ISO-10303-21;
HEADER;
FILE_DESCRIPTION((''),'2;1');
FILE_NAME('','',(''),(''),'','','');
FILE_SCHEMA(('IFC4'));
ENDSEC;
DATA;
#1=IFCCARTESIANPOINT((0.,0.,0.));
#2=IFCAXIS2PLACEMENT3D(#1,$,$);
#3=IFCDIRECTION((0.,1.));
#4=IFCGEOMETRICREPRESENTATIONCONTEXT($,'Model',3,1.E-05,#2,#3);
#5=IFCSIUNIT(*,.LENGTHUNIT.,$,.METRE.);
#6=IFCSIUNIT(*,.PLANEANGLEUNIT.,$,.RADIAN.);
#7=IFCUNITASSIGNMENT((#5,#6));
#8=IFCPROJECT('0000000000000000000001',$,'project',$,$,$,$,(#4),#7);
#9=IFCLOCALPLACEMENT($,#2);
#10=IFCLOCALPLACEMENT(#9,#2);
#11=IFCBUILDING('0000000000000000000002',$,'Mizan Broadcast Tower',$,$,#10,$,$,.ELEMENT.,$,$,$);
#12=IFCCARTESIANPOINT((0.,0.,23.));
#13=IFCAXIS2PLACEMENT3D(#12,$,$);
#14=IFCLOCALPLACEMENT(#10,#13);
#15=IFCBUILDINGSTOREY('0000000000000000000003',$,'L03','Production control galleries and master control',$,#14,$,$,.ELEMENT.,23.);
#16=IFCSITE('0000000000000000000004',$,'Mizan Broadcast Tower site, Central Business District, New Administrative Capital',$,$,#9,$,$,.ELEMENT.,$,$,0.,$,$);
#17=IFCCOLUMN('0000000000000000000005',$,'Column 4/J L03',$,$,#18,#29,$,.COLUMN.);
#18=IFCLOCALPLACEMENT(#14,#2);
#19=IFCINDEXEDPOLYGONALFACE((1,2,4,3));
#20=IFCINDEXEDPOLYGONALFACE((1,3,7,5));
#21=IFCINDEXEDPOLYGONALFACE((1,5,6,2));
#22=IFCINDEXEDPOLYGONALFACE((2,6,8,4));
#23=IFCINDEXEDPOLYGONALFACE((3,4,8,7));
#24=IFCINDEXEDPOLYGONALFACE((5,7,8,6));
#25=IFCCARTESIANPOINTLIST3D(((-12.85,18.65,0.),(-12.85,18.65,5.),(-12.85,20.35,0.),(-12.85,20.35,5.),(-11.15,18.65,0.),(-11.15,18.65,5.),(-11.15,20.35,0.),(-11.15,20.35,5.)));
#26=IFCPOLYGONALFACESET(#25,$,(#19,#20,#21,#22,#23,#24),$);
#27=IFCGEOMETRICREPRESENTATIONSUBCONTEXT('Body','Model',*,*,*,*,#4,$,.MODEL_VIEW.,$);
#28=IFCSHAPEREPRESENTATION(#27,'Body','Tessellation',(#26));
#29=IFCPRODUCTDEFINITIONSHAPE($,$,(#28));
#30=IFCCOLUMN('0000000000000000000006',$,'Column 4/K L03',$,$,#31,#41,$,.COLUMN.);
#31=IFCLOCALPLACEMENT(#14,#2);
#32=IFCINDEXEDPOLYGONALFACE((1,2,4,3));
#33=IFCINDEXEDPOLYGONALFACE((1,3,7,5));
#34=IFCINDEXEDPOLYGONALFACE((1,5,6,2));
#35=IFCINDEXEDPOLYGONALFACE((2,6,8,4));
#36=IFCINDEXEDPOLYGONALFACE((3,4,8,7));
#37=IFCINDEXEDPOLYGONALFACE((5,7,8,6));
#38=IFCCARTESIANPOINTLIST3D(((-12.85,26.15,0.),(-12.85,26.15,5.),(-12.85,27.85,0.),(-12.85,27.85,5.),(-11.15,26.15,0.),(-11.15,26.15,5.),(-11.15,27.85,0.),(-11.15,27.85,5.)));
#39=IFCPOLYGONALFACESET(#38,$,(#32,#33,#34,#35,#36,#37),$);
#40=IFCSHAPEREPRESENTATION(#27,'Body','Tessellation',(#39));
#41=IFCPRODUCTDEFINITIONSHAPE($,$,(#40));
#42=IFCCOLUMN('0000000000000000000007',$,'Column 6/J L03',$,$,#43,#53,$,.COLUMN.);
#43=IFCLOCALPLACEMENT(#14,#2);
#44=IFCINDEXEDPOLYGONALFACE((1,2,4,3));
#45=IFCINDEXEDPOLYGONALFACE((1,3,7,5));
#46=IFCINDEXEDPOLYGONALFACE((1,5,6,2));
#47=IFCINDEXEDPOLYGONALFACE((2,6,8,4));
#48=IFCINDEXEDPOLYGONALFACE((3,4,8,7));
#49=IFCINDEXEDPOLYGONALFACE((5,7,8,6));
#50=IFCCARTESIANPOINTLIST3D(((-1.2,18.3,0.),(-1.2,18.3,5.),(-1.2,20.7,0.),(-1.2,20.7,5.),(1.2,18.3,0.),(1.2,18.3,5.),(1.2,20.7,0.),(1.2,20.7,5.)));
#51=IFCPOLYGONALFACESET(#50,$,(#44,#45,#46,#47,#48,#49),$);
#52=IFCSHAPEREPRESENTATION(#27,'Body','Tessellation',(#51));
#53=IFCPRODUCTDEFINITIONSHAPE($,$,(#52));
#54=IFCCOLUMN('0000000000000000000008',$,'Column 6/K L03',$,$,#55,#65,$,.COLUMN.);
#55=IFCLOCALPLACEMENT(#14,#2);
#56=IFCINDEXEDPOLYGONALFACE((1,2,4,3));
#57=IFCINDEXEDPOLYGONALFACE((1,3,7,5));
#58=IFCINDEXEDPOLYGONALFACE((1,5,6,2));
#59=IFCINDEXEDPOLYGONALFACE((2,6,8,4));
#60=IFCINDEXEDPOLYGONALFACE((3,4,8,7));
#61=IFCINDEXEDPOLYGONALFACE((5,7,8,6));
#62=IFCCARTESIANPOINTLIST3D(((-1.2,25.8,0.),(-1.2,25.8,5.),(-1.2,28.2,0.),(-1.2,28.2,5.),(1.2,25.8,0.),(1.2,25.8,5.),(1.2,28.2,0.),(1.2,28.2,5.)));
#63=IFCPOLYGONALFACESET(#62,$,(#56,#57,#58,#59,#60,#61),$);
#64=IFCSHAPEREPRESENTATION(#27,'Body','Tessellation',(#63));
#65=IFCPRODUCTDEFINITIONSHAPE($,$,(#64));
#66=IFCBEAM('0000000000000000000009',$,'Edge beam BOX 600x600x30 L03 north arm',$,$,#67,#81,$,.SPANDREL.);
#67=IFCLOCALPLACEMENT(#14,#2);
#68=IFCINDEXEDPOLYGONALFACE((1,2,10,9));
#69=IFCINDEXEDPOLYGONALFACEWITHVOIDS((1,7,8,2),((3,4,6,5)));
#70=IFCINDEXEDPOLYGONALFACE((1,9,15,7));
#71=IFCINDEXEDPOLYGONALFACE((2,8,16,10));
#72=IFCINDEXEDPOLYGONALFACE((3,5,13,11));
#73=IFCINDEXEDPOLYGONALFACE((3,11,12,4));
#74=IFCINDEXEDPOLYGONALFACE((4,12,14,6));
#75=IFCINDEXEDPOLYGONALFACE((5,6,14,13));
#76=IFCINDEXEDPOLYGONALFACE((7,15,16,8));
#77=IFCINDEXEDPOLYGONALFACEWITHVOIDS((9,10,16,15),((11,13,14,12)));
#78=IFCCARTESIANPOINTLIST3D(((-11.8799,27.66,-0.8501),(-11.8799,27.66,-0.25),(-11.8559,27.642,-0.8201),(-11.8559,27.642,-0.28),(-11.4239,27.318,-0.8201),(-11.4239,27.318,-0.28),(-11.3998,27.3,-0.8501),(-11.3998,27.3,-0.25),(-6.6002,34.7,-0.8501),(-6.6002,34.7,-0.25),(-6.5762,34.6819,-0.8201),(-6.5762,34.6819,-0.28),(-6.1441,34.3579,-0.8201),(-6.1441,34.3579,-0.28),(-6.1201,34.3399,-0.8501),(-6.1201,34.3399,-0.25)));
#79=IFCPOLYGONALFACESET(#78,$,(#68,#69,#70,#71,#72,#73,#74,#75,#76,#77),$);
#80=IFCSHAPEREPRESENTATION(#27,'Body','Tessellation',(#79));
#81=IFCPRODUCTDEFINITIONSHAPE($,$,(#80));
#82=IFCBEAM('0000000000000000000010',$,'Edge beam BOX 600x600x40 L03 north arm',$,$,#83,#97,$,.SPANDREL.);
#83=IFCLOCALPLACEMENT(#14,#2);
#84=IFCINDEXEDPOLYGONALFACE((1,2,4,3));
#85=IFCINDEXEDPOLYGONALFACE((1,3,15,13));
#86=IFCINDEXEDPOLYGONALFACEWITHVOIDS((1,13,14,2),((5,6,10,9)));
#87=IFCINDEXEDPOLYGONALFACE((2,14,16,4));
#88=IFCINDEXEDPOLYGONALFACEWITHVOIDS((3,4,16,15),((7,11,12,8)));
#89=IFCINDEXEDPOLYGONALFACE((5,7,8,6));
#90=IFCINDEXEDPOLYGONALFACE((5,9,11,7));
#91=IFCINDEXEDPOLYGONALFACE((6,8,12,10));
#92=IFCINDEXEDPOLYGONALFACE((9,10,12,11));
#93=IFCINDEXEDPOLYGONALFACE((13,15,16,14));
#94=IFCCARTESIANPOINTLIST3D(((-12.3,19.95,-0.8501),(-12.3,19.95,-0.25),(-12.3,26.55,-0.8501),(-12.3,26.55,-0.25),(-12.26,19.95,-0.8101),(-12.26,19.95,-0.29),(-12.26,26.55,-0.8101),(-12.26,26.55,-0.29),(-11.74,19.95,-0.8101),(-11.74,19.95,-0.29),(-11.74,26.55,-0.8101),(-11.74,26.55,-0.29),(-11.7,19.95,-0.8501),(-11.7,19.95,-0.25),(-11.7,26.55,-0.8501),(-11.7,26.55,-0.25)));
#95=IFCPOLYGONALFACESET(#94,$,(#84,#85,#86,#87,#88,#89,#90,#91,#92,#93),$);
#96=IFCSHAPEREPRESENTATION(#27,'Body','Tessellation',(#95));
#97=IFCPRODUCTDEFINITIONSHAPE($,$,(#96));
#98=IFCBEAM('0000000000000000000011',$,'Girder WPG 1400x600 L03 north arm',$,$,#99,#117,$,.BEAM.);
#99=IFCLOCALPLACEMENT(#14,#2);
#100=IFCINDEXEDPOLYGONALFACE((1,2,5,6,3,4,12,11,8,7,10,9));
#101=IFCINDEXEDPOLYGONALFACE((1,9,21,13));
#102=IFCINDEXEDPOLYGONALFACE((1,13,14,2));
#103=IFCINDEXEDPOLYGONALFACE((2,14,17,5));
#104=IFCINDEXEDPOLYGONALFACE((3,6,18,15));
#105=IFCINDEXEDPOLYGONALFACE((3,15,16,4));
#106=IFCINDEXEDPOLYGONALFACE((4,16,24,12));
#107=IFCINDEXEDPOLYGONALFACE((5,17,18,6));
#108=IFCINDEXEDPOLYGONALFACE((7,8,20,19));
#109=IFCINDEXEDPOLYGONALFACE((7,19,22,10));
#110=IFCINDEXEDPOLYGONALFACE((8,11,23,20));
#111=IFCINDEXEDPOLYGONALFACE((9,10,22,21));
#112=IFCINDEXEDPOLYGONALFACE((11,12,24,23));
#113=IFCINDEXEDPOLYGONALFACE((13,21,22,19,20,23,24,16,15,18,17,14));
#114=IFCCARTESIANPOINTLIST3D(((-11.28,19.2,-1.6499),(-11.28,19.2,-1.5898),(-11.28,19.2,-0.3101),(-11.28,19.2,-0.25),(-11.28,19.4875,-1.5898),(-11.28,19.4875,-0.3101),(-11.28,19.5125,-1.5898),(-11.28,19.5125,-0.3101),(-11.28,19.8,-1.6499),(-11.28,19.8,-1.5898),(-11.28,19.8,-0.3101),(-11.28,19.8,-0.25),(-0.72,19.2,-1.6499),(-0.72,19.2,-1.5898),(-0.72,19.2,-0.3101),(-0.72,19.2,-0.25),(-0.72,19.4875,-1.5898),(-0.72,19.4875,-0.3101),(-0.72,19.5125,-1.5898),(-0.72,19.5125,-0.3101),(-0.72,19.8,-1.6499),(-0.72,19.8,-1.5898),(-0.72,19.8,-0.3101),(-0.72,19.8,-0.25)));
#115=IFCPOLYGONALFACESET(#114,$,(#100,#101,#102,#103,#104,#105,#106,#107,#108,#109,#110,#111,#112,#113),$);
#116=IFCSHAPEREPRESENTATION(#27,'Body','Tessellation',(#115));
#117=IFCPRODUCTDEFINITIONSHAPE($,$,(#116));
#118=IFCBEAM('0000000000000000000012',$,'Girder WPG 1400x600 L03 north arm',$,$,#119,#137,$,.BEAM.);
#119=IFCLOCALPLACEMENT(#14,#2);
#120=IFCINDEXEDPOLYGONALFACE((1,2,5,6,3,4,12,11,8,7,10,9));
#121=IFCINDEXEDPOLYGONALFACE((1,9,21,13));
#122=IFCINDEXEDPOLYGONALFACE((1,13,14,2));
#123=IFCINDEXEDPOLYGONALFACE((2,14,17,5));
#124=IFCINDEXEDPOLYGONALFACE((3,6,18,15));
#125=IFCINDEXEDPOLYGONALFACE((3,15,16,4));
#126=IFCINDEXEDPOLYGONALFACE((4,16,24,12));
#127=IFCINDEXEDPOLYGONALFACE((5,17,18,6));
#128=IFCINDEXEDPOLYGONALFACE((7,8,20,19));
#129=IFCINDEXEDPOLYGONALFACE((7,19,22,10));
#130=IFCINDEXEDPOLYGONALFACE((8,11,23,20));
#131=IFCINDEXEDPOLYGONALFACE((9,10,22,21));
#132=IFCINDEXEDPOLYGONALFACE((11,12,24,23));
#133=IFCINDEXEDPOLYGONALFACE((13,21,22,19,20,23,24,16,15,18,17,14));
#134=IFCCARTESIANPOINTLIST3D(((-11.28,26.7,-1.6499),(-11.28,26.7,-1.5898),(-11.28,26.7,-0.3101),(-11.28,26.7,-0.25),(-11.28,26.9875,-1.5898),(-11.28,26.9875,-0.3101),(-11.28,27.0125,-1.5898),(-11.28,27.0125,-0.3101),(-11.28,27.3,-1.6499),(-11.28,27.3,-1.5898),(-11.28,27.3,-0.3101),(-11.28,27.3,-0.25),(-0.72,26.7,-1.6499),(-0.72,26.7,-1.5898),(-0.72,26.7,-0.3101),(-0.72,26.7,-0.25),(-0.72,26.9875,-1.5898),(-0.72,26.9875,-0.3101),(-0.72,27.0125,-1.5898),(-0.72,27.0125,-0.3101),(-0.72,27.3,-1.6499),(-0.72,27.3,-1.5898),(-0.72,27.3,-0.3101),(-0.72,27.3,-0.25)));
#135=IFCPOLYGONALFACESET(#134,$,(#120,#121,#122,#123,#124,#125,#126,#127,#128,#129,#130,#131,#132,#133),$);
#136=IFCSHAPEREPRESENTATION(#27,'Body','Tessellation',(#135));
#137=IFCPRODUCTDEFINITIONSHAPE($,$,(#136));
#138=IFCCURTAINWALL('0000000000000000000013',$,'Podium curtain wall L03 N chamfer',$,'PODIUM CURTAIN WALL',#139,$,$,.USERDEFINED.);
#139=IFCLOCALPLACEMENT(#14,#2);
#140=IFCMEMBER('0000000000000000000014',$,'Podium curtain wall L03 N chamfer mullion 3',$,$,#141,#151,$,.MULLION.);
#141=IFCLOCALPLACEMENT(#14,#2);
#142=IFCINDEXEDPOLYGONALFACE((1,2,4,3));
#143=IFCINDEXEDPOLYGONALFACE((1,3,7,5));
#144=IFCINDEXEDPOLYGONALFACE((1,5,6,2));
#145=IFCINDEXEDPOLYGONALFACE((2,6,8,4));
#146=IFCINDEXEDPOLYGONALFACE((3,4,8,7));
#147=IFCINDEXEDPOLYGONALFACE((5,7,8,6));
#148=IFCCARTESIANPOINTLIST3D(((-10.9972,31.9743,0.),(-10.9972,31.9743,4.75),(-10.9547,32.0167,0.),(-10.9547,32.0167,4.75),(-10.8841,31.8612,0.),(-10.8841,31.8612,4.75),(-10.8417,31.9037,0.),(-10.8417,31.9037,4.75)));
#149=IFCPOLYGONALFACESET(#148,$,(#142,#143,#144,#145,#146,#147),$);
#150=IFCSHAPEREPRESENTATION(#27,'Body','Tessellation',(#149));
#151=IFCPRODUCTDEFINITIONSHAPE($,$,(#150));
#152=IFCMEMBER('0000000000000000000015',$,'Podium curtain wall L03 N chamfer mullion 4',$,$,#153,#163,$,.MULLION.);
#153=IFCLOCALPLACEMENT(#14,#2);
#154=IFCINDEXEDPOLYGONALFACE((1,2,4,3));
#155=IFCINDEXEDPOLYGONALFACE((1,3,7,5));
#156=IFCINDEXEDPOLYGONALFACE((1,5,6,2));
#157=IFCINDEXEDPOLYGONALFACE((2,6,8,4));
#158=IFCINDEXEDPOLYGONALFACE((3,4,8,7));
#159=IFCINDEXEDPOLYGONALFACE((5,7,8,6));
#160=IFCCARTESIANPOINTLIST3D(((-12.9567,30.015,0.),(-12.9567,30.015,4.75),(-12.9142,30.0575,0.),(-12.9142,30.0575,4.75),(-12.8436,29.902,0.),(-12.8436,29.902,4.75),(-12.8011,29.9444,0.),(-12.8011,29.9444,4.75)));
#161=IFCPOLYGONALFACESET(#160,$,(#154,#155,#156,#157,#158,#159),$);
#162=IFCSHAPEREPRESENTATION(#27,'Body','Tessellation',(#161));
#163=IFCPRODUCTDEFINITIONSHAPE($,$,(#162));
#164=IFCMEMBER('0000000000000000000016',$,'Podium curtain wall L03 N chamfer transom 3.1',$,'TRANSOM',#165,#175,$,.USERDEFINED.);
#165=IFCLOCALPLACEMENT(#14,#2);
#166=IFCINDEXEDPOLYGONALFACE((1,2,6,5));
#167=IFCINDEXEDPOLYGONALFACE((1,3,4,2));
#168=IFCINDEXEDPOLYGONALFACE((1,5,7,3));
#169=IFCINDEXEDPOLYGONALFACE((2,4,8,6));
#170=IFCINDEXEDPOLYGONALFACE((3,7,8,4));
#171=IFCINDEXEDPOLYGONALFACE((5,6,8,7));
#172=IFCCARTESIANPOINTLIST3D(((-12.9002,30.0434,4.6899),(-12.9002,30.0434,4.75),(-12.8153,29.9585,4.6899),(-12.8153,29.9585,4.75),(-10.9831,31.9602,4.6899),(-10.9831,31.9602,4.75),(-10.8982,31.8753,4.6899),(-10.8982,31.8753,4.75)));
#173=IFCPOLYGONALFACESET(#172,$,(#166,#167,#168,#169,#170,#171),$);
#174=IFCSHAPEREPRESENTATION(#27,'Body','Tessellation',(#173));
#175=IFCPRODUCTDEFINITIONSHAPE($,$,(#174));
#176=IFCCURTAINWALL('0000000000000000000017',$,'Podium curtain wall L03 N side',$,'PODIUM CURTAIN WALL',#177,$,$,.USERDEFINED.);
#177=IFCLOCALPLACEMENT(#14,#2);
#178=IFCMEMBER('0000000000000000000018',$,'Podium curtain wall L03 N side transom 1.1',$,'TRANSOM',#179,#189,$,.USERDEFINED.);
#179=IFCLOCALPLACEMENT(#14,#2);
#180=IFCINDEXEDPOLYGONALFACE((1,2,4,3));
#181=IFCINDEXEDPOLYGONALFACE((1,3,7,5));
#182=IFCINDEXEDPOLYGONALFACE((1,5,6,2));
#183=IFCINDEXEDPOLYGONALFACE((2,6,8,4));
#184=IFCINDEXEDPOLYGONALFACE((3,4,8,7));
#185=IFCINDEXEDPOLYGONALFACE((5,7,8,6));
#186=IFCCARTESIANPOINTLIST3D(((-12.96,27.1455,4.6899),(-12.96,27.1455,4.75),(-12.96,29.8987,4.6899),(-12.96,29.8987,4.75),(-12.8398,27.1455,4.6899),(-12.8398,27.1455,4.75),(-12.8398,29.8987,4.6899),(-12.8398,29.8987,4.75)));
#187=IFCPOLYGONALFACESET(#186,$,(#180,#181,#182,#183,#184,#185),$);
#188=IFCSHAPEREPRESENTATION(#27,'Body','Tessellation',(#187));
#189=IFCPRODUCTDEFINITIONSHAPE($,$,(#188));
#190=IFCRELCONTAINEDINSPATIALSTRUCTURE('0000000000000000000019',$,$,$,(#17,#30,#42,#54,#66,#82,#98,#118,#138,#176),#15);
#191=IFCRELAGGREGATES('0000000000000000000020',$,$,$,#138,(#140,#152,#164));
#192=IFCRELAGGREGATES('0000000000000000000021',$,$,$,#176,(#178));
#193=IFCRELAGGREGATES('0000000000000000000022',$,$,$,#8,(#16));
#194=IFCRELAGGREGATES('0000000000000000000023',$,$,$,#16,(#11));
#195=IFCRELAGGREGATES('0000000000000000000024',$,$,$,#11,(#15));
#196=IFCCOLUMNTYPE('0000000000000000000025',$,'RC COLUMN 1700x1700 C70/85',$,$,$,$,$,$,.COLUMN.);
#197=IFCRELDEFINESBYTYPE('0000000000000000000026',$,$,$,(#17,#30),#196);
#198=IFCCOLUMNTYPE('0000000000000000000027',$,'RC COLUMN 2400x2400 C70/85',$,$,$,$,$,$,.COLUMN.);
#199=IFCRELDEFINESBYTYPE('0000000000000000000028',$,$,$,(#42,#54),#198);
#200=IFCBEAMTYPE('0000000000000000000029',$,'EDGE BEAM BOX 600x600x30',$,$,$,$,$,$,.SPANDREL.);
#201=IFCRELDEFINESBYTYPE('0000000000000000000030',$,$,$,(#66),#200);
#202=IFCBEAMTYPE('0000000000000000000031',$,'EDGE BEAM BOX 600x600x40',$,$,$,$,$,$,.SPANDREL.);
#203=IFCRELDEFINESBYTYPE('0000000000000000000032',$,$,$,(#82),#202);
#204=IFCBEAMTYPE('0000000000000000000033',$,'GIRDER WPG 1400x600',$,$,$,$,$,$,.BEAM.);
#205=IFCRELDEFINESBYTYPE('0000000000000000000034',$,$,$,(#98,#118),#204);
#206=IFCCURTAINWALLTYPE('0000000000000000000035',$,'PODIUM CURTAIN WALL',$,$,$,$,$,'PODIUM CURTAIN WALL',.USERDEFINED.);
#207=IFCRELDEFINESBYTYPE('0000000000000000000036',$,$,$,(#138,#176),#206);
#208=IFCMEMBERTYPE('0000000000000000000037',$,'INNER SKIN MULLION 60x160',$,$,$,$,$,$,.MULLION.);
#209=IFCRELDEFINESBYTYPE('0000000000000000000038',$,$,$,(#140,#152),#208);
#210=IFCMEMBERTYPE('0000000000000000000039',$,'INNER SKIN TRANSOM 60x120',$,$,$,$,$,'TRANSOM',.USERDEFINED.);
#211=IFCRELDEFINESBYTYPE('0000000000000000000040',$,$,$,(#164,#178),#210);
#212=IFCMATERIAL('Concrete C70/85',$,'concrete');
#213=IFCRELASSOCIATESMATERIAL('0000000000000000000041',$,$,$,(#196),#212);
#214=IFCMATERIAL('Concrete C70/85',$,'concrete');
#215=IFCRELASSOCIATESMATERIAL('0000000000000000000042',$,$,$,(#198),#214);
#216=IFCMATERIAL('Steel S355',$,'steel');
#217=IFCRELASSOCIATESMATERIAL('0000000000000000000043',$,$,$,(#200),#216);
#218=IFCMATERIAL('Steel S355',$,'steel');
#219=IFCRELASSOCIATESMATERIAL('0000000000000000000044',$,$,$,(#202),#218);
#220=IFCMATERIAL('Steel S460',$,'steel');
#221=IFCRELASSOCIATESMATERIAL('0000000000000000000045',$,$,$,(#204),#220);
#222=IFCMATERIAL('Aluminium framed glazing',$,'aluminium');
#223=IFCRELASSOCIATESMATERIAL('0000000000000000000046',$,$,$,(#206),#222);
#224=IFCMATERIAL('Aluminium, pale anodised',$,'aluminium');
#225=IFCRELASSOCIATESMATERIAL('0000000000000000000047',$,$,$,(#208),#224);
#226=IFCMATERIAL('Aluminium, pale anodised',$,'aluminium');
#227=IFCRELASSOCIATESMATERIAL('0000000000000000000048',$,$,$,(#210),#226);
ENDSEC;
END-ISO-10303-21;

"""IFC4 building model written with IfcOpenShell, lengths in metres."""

from ifc_helpers import new_model, si_unit, direction, frame, origin, origin_2d, place, context, subcontext, project, spatial, rectangle, hollow_rectangle, i_section, extrude, material, material_profile, profile_set, type_object, element, aggregate, save


model = new_model("IFC4")

# Units and contexts
model_context = context("Model", 3, precision=1e-05, world=origin(), true_north=direction((0.0, 1.0)))
body_context = subcontext(model_context, "Body", "Model", "MODEL_VIEW")
ifc_project = project(units=[si_unit("LENGTHUNIT", "METRE"), si_unit("PLANEANGLEUNIT", "RADIAN")], contexts=[model_context])

# Site, building, storey
site_placement = place(None, origin())
site = spatial("IfcSite", under=ifc_project, at=site_placement, Name="Mizan Broadcast Tower site, Central Business District, New Administrative Capital", CompositionType="ELEMENT", RefElevation=0.0)
building_placement = place(site_placement, origin())
building = spatial("IfcBuilding", under=site, at=building_placement, Name="Mizan Broadcast Tower", CompositionType="ELEMENT")
storey_placement = place(building_placement, frame((0.0, 0.0, 23.0)))
storey = spatial("IfcBuildingStorey", under=building, at=storey_placement, Name="L03", Description="Production control galleries and master control", CompositionType="ELEMENT", Elevation=23.0)

# Columns
ifc_material_1 = material(Name="Concrete C70/85", Category="concrete")
ifc_material_profile_1 = material_profile(ifc_material_1, rectangle(XDim=1.7, YDim=1.7, at=origin_2d()), Name="RC 1700x1700")
ifc_profile_set_1 = profile_set([ifc_material_profile_1], Name="Concrete C70/85")
column_type_1 = type_object("IfcColumnType", Name="RC COLUMN 1700x1700 C70/85", PredefinedType="COLUMN", material=ifc_profile_set_1)
for number, where, z_axis, x_axis, name in (
    (1, (-12.0, 19.5, 0.0), (0.0, 0.0, 1.0), (1.0, 0.0, 0.0), "Column 4/J L03"),
    (2, (-12.0, 27.0, 0.0), (0.0, 0.0, 1.0), (1.0, 0.0, 0.0), "Column 4/K L03"),
):
    element("IfcColumn", number, at=place(storey_placement, frame(where, z_axis=z_axis, x_axis=x_axis)), inside=storey, type_object=column_type_1, Name=name, PredefinedType="COLUMN", context=body_context, shape_type="SweptSolid", body=[
        extrude(rectangle(XDim=1.7, YDim=1.7, at=origin_2d()), origin(), (0.0, 0.0, 1.0), 5.0),
    ])
ifc_material_2 = material(Name="Concrete C70/85", Category="concrete")
ifc_material_profile_2 = material_profile(ifc_material_2, rectangle(XDim=2.3999, YDim=2.3999, at=origin_2d()), Name="RC 2400x2400")
ifc_profile_set_2 = profile_set([ifc_material_profile_2], Name="Concrete C70/85")
column_type_2 = type_object("IfcColumnType", Name="RC COLUMN 2400x2400 C70/85", PredefinedType="COLUMN", material=ifc_profile_set_2)
for number, where, z_axis, x_axis, name in (
    (3, (0.0, 19.5, 0.0), (0.0, 0.0, 1.0), (1.0, 0.0, 0.0), "Column 6/J L03"),
    (4, (0.0, 27.0, 0.0), (0.0, 0.0, 1.0), (1.0, 0.0, 0.0), "Column 6/K L03"),
):
    element("IfcColumn", number, at=place(storey_placement, frame(where, z_axis=z_axis, x_axis=x_axis)), inside=storey, type_object=column_type_2, Name=name, PredefinedType="COLUMN", context=body_context, shape_type="SweptSolid", body=[
        extrude(rectangle(XDim=2.3999, YDim=2.3999, at=origin_2d()), origin(), (0.0, 0.0, 1.0), 5.0),
    ])

# Beams
ifc_material_3 = material(Name="Steel S355", Category="steel")
ifc_material_profile_3 = material_profile(ifc_material_3, hollow_rectangle(XDim=0.6001, YDim=0.6001, WallThickness=0.03, at=origin_2d()), Name="BOX 600x600x30")
ifc_profile_set_3 = profile_set([ifc_material_profile_3], Name="Steel S355")
beam_type_1 = type_object("IfcBeamType", Name="EDGE BEAM BOX 600x600x30", PredefinedType="SPANDREL", material=ifc_profile_set_3)
beam_1_placement = place(storey_placement, frame((-11.6399, 27.48, -0.55), z_axis=(0.599982, 0.800013, 0.0), x_axis=(-0.800013, 0.599982, 0.0)))
element("IfcBeam", 5, at=beam_1_placement, inside=storey, type_object=beam_type_1, Name="Edge beam BOX 600x600x30 L03 north arm", PredefinedType="SPANDREL", context=body_context, shape_type="SweptSolid", body=[
    extrude(hollow_rectangle(XDim=0.6001, YDim=0.6001, WallThickness=0.03, at=origin_2d()), origin(), (0.0, 0.0, 1.0), 8.7998),
])
ifc_material_4 = material(Name="Steel S355", Category="steel")
ifc_material_profile_4 = material_profile(ifc_material_4, hollow_rectangle(XDim=0.6001, YDim=0.6001, WallThickness=0.04, at=origin_2d()), Name="BOX 600x600x40")
ifc_profile_set_4 = profile_set([ifc_material_profile_4], Name="Steel S355")
beam_type_2 = type_object("IfcBeamType", Name="EDGE BEAM BOX 600x600x40", PredefinedType="SPANDREL", material=ifc_profile_set_4)
beam_2_placement = place(storey_placement, frame((-12.0, 19.95, -0.55), z_axis=(0.0, 1.0, 0.0), x_axis=(-1.0, 0.0, 0.0)))
element("IfcBeam", 6, at=beam_2_placement, inside=storey, type_object=beam_type_2, Name="Edge beam BOX 600x600x40 L03 north arm", PredefinedType="SPANDREL", context=body_context, shape_type="SweptSolid", body=[
    extrude(hollow_rectangle(XDim=0.6001, YDim=0.6001, WallThickness=0.04, at=origin_2d()), origin(), (0.0, 0.0, 1.0), 6.6001),
])
ifc_material_5 = material(Name="Steel S460", Category="steel")
ifc_material_profile_5 = material_profile(ifc_material_5, i_section(OverallWidth=0.6001, OverallDepth=1.3999, WebThickness=0.0249, FlangeThickness=0.0601, at=origin_2d()), Name="WPG 1400x600")
ifc_profile_set_5 = profile_set([ifc_material_profile_5], Name="Steel S460")
beam_type_3 = type_object("IfcBeamType", Name="GIRDER WPG 1400x600", PredefinedType="BEAM", material=ifc_profile_set_5)
for number, where, z_axis, x_axis, name in (
    (7, (-0.72, 19.5, -0.95), (-1.0, 0.0, 0.0), (0.0, -1.0, 0.0), "Girder WPG 1400x600 L03 north arm"),
    (8, (-0.72, 27.0, -0.95), (-1.0, 0.0, 0.0), (0.0, -1.0, 0.0), "Girder WPG 1400x600 L03 north arm"),
):
    element("IfcBeam", number, at=place(storey_placement, frame(where, z_axis=z_axis, x_axis=x_axis)), inside=storey, type_object=beam_type_3, Name=name, PredefinedType="BEAM", context=body_context, shape_type="SweptSolid", body=[
        extrude(i_section(OverallWidth=0.6001, OverallDepth=1.3999, WebThickness=0.0249, FlangeThickness=0.0601, at=origin_2d()), origin(), (0.0, 0.0, 1.0), 10.5601),
    ])

# Curtain wall, members
ifc_material_6 = material(Name="Aluminium framed glazing", Category="aluminium")
curtain_wall_type_1 = type_object("IfcCurtainWallType", Name="PODIUM CURTAIN WALL", ElementType="PODIUM CURTAIN WALL", PredefinedType="USERDEFINED", material=ifc_material_6)
curtain_wall_1_placement = place(storey_placement, origin())
curtain_wall_1 = element("IfcCurtainWall", 9, at=curtain_wall_1_placement, inside=storey, type_object=curtain_wall_type_1, Name="Podium curtain wall L03 N chamfer", ObjectType="PODIUM CURTAIN WALL", PredefinedType="USERDEFINED")
ifc_material_7 = material(Name="Aluminium, pale anodised", Category="aluminium")
ifc_material_profile_6 = material_profile(ifc_material_7, rectangle(XDim=0.1599, YDim=0.0601, at=origin_2d()), Name="MULLION 160x60")
ifc_profile_set_6 = profile_set([ifc_material_profile_6], Name="Aluminium, pale anodised")
member_type_1 = type_object("IfcMemberType", Name="INNER SKIN MULLION 60x160", PredefinedType="MULLION", material=ifc_profile_set_6)
member_1_placement = place(storey_placement, frame((-10.9194, 31.939, 0.0), z_axis=(0.0, 0.0, 1.0), x_axis=(0.707107, -0.707107, 0.0)))
member_1 = element("IfcMember", 10, at=member_1_placement, type_object=member_type_1, Name="Podium curtain wall L03 N chamfer mullion 3", PredefinedType="MULLION", context=body_context, shape_type="SweptSolid", body=[
    extrude(rectangle(XDim=0.1599, YDim=0.0601, at=origin_2d()), origin(), (0.0, 0.0, 1.0), 4.75),
])
member_2_placement = place(storey_placement, frame((-12.8789, 29.9797, 0.0), z_axis=(0.0, 0.0, 1.0), x_axis=(0.707107, -0.707107, 0.0)))
member_2 = element("IfcMember", 11, at=member_2_placement, type_object=member_type_1, Name="Podium curtain wall L03 N chamfer mullion 4", PredefinedType="MULLION", context=body_context, shape_type="SweptSolid", body=[
    extrude(rectangle(XDim=0.1599, YDim=0.0601, at=origin_2d()), origin(), (0.0, 0.0, 1.0), 4.75),
])
ifc_material_8 = material(Name="Aluminium, pale anodised", Category="aluminium")
ifc_material_profile_7 = material_profile(ifc_material_8, rectangle(XDim=0.1201, YDim=0.0601, at=origin_2d()), Name="TRANSOM 120x60")
ifc_profile_set_7 = profile_set([ifc_material_profile_7], Name="Aluminium, pale anodised")
member_type_2 = type_object("IfcMemberType", Name="INNER SKIN TRANSOM 60x120", ElementType="TRANSOM", PredefinedType="USERDEFINED", material=ifc_profile_set_7)
member_3_placement = place(storey_placement, frame((-10.9407, 31.9177, 4.72), z_axis=(-0.707152, -0.707062, 0.0), x_axis=(0.707062, -0.707152, 0.0)))
member_3 = element("IfcMember", 12, at=member_3_placement, type_object=member_type_2, Name="Podium curtain wall L03 N chamfer transom 3.1", ObjectType="TRANSOM", PredefinedType="USERDEFINED", context=body_context, shape_type="SweptSolid", body=[
    extrude(rectangle(XDim=0.1201, YDim=0.0601, at=origin_2d()), origin(), (0.0, 0.0, 1.0), 2.7109),
])

# Curtain wall, member
curtain_wall_2_placement = place(storey_placement, origin())
curtain_wall_2 = element("IfcCurtainWall", 13, at=curtain_wall_2_placement, inside=storey, type_object=curtain_wall_type_1, Name="Podium curtain wall L03 N side", ObjectType="PODIUM CURTAIN WALL", PredefinedType="USERDEFINED")
member_4_placement = place(storey_placement, frame((-12.8999, 29.8987, 4.72), z_axis=(0.0, -1.0, 0.0), x_axis=(1.0, 0.0, 0.0)))
member_4 = element("IfcMember", 14, at=member_4_placement, type_object=member_type_2, Name="Podium curtain wall L03 N side transom 1.1", ObjectType="TRANSOM", PredefinedType="USERDEFINED", context=body_context, shape_type="SweptSolid", body=[
    extrude(rectangle(XDim=0.1201, YDim=0.0601, at=origin_2d()), origin(), (0.0, 0.0, 1.0), 2.7532),
])

aggregate(curtain_wall_1, [member_1, member_2, member_3])
aggregate(curtain_wall_2, [member_4])

save(model, "model.ifc")
